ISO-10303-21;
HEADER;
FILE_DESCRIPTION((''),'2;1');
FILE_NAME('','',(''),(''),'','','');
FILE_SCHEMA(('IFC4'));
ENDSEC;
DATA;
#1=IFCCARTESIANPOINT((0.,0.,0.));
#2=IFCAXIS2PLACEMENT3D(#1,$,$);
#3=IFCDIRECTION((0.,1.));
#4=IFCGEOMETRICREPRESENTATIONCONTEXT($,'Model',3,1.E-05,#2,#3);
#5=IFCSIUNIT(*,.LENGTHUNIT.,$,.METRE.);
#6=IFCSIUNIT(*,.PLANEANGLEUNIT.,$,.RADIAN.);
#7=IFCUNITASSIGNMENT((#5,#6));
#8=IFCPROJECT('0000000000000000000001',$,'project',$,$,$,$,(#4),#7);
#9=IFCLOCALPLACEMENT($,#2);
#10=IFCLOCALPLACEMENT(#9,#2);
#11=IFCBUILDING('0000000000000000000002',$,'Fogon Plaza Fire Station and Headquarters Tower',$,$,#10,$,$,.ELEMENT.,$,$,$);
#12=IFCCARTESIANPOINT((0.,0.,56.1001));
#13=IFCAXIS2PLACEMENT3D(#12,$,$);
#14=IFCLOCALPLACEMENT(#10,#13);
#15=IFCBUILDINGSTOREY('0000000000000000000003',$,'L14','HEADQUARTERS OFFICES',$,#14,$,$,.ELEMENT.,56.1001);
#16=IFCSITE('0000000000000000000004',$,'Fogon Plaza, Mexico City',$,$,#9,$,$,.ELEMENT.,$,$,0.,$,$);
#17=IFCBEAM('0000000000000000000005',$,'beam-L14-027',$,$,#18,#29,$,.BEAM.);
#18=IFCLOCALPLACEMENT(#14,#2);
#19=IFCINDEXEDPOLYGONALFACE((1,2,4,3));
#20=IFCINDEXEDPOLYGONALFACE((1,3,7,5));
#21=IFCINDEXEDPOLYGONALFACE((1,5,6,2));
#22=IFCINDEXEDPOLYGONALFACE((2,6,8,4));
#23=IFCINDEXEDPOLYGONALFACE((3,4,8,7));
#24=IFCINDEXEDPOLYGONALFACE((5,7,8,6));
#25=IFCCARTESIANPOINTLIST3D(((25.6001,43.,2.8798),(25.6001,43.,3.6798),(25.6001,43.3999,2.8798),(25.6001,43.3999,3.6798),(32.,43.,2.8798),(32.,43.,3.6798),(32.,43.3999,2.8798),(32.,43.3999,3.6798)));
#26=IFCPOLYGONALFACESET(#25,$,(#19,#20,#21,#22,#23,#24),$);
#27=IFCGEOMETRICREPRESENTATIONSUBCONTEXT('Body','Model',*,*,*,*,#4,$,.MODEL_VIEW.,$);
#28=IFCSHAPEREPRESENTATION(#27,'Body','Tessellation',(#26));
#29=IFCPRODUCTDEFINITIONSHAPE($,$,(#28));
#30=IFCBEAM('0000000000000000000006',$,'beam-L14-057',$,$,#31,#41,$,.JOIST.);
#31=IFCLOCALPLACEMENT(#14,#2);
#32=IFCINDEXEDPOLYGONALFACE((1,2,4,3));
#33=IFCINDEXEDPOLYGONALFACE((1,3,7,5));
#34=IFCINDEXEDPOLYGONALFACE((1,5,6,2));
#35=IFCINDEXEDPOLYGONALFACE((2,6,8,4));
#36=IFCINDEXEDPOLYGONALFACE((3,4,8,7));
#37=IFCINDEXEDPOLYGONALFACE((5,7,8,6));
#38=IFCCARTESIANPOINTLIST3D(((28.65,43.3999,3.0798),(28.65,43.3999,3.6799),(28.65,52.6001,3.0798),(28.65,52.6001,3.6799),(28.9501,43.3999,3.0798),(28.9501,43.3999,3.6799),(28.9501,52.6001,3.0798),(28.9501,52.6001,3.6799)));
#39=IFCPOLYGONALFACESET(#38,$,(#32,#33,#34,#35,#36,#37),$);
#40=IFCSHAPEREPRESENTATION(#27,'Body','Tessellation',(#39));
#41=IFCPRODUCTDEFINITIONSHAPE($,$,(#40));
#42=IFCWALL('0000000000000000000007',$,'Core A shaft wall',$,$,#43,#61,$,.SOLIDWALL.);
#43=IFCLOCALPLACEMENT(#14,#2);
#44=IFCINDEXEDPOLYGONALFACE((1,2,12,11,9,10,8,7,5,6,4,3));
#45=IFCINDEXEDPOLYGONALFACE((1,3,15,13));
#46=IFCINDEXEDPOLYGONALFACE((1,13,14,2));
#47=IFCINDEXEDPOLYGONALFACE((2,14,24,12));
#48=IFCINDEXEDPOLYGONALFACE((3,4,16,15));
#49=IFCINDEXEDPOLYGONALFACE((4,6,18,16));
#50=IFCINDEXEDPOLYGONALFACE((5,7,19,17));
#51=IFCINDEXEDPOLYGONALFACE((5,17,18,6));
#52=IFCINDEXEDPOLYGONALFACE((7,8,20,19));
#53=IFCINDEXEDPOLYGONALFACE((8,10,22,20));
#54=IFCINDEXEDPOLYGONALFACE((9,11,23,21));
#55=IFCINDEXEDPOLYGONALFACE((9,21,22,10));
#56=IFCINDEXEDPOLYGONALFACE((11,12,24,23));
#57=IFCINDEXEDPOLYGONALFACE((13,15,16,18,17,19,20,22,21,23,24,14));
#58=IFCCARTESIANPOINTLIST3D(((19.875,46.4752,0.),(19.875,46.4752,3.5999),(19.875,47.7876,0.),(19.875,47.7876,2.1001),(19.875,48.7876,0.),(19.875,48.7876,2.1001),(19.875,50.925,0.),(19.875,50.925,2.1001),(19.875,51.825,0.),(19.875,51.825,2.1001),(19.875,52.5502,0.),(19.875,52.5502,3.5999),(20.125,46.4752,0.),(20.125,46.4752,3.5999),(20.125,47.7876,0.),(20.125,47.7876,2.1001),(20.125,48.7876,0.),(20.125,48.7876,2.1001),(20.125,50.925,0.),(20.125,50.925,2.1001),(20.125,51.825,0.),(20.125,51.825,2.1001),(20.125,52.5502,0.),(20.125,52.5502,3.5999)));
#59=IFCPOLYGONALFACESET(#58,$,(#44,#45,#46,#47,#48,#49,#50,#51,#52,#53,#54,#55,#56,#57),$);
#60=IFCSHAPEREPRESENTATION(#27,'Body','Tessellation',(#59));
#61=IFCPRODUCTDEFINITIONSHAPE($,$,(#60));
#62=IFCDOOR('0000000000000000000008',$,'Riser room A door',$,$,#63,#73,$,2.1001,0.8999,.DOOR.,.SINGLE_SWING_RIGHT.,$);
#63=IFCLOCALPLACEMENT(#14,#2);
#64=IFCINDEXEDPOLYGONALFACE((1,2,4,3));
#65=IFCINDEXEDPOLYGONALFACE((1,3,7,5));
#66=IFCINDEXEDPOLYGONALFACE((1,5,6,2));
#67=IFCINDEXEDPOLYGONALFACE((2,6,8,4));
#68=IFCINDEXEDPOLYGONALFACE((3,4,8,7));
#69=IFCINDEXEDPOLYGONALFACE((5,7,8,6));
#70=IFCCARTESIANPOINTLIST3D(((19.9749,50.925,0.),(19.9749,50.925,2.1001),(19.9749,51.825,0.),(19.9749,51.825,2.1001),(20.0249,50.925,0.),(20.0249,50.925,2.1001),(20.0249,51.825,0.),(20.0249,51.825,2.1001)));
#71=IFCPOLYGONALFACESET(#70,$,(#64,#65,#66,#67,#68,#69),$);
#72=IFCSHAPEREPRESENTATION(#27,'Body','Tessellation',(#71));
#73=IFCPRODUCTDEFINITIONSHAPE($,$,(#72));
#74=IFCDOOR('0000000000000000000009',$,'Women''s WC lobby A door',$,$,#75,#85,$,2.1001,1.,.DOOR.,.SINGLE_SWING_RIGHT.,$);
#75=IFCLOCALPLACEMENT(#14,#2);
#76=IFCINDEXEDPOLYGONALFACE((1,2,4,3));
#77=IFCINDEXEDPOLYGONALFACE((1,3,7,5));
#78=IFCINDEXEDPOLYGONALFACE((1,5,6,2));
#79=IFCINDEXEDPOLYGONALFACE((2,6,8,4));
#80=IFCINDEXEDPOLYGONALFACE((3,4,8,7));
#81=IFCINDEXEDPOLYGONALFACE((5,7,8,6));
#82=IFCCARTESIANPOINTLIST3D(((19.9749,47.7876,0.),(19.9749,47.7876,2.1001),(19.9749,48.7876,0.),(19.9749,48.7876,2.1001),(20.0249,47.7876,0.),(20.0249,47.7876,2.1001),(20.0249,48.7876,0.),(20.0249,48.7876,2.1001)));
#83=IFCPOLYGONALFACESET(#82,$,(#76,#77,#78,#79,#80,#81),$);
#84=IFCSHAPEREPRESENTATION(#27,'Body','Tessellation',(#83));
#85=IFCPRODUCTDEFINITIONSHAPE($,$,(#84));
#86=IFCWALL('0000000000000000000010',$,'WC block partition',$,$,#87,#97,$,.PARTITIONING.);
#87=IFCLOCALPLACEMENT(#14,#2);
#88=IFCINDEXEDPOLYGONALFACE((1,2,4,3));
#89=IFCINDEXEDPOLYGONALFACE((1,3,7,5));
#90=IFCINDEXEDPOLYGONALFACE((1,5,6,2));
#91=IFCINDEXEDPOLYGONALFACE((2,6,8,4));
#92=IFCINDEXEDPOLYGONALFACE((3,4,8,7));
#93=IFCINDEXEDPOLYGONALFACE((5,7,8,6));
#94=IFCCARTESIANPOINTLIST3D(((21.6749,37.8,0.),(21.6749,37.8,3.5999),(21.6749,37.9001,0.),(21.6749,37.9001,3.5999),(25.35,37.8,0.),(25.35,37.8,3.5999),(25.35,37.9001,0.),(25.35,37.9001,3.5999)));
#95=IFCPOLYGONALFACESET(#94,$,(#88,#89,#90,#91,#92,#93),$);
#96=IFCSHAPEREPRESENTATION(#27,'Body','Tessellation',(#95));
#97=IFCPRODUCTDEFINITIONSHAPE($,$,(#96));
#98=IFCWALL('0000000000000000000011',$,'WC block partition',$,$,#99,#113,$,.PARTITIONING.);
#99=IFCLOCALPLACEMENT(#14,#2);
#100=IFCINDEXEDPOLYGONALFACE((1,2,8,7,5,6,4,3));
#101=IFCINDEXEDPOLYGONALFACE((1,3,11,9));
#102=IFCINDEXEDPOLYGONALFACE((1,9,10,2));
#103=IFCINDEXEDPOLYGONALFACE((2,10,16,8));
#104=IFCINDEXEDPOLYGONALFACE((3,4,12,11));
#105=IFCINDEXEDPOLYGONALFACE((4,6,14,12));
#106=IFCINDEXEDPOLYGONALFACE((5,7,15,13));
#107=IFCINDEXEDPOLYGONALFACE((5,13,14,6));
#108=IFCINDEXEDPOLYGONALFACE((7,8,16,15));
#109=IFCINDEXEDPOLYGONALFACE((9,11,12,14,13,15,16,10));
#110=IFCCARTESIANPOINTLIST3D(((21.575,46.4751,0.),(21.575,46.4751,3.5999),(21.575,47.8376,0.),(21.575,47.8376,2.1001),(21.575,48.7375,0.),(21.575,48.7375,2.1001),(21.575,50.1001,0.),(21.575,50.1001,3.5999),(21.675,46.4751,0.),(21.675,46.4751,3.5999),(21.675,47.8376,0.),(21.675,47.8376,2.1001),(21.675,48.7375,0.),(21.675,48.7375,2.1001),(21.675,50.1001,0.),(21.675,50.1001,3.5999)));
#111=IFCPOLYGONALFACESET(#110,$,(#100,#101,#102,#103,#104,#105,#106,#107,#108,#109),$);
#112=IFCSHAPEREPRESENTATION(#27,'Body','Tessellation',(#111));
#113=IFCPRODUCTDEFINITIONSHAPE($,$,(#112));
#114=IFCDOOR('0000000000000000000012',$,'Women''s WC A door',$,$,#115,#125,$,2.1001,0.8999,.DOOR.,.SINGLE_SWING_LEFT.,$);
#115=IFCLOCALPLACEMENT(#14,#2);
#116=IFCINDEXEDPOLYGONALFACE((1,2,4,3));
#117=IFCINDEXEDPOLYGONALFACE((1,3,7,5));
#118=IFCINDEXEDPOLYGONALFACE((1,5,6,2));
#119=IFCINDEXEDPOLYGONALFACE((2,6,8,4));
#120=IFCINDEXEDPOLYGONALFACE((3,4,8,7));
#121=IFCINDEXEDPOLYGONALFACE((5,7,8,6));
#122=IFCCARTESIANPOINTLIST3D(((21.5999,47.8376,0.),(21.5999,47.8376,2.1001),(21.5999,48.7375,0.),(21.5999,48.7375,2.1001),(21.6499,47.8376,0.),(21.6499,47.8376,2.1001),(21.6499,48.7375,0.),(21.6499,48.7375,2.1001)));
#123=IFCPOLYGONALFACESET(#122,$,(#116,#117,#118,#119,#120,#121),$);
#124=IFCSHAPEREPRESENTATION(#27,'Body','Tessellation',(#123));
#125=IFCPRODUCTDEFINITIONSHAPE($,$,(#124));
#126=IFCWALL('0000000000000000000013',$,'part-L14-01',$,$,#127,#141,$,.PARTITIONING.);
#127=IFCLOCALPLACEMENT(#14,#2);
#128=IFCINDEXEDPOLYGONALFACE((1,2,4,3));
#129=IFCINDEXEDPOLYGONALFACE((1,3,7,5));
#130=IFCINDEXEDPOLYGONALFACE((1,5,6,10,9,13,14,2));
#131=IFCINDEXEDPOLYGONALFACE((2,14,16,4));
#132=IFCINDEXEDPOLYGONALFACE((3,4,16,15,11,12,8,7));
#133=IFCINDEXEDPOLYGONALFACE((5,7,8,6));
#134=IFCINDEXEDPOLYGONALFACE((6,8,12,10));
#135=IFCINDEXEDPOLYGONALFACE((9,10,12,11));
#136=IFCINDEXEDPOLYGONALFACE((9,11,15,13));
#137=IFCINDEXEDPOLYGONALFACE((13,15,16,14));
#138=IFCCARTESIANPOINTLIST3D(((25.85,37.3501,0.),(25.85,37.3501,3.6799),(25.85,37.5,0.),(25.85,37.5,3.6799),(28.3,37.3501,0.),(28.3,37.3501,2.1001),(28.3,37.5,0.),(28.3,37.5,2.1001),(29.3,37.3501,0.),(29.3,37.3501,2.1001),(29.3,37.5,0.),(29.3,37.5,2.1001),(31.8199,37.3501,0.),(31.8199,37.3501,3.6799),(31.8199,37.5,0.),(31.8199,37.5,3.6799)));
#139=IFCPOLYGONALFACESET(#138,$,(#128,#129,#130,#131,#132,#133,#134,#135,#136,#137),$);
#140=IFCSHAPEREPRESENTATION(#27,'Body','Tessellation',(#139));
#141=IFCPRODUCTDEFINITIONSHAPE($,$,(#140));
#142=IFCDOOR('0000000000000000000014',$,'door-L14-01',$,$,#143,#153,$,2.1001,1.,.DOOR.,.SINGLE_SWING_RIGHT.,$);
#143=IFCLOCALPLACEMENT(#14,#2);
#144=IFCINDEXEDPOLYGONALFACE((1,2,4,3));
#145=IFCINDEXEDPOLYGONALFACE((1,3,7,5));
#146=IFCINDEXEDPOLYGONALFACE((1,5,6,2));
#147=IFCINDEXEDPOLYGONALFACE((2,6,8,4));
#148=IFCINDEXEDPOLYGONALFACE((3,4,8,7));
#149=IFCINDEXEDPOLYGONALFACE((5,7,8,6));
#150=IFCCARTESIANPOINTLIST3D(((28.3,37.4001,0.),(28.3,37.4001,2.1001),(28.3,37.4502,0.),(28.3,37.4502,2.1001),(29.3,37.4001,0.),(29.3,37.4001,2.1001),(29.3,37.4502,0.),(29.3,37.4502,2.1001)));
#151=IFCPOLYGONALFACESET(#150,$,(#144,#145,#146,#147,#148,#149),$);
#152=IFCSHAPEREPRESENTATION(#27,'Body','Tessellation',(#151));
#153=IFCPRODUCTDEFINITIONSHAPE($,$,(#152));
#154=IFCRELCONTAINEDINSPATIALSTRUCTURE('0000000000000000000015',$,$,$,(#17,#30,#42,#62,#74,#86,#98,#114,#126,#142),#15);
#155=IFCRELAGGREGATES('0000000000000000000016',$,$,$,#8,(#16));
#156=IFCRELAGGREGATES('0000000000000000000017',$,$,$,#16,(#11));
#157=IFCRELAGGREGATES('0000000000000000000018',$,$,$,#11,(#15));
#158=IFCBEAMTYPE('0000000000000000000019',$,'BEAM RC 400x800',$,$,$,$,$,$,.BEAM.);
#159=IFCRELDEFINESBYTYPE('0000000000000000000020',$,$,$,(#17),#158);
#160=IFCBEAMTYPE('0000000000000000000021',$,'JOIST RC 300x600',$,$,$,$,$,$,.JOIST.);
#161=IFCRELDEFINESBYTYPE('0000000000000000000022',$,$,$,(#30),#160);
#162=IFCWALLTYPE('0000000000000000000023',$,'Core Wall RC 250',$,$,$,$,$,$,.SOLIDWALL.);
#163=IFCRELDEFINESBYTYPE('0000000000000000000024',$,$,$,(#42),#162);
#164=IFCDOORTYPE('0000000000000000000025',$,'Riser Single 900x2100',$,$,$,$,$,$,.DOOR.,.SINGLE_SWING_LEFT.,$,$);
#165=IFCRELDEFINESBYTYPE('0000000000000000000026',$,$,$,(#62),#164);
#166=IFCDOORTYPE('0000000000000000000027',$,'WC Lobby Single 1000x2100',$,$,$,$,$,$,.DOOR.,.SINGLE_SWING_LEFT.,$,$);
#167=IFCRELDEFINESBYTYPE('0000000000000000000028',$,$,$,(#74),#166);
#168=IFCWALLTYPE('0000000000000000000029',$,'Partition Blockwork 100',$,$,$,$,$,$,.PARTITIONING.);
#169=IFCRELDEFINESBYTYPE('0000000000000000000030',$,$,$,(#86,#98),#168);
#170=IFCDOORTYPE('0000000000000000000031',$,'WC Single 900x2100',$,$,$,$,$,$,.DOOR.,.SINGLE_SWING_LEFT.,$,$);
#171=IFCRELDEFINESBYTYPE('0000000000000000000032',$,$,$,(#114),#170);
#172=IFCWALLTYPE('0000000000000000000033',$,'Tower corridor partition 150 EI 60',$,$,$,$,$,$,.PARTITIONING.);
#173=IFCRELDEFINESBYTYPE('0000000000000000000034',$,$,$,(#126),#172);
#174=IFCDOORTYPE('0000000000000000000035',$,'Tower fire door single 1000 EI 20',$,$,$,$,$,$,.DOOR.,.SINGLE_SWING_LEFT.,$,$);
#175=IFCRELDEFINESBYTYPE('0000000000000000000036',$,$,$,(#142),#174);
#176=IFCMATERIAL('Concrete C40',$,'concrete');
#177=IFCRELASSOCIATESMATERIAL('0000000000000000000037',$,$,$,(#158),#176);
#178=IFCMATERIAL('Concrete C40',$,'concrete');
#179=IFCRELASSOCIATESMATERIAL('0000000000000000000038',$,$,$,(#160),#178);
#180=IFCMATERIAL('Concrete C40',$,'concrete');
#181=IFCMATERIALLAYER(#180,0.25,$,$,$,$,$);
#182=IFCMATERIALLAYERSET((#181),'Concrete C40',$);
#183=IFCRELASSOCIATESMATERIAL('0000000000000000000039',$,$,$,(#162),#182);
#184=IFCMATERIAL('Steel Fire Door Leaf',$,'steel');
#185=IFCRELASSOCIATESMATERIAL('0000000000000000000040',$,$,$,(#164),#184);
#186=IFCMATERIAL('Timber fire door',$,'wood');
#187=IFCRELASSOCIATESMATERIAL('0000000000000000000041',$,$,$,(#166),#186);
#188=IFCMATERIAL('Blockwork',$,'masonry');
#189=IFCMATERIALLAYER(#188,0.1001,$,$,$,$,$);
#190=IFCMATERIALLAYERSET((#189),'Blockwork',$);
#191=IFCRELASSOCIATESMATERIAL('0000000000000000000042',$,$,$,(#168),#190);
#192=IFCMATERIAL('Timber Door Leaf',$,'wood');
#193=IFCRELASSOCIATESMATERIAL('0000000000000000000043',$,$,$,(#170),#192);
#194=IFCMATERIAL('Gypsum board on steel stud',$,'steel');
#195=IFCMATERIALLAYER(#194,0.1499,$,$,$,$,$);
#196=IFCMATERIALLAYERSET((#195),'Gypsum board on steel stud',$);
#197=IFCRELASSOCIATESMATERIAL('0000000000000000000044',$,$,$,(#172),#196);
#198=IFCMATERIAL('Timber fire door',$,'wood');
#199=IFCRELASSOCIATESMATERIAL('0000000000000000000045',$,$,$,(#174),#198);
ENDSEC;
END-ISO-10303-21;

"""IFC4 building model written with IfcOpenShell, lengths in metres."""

from ifc_helpers import new_model, si_unit, direction, frame, frame_2d, origin, origin_2d, place, context, subcontext, project, spatial, rectangle, extrude, material, layer, layer_set, material_profile, profile_set, type_object, element, fill, save


model = new_model("IFC4")

# Units and contexts
model_context = context("Model", 3, precision=1e-05, world=origin(), true_north=direction((0.0, 1.0)))
body_context = subcontext(model_context, "Body", "Model", "MODEL_VIEW")
ifc_project = project(units=[si_unit("LENGTHUNIT", "METRE"), si_unit("PLANEANGLEUNIT", "RADIAN")], contexts=[model_context])

# Site, building, storey
site_placement = place(None, origin())
site = spatial("IfcSite", under=ifc_project, at=site_placement, Name="Fogon Plaza, Mexico City", CompositionType="ELEMENT", RefElevation=0.0)
building_placement = place(site_placement, origin())
building = spatial("IfcBuilding", under=site, at=building_placement, Name="Fogon Plaza Fire Station and Headquarters Tower", CompositionType="ELEMENT")
storey_placement = place(building_placement, frame((0.0, 0.0, 56.1001)))
storey = spatial("IfcBuildingStorey", under=building, at=storey_placement, Name="L14", Description="HEADQUARTERS OFFICES", CompositionType="ELEMENT", Elevation=56.1001)

# Beams
ifc_material_1 = material(Name="Concrete C40", Category="concrete")
ifc_material_profile_1 = material_profile(ifc_material_1, rectangle(XDim=0.3999, YDim=0.8, at=origin_2d()), Name="RC 400x800")
ifc_profile_set_1 = profile_set([ifc_material_profile_1], Name="Concrete C40")
beam_type_1 = type_object("IfcBeamType", Name="BEAM RC 400x800", PredefinedType="BEAM", material=ifc_profile_set_1)
beam_1_placement = place(storey_placement, frame((25.6001, 43.2, 3.2798), z_axis=(1.0, 0.0, 0.0), x_axis=(0.0, 1.0, 0.0)))
element("IfcBeam", 1, at=beam_1_placement, inside=storey, type_object=beam_type_1, Name="beam-L14-027", PredefinedType="BEAM", context=body_context, shape_type="SweptSolid", body=[
    extrude(rectangle(XDim=0.3999, YDim=0.8, at=origin_2d()), origin(), (0.0, 0.0, 1.0), 6.3999),
])
ifc_material_2 = material(Name="Concrete C40", Category="concrete")
ifc_material_profile_2 = material_profile(ifc_material_2, rectangle(XDim=0.3, YDim=0.6001, at=origin_2d()), Name="RC 300x600")
ifc_profile_set_2 = profile_set([ifc_material_profile_2], Name="Concrete C40")
beam_type_2 = type_object("IfcBeamType", Name="JOIST RC 300x600", PredefinedType="JOIST", material=ifc_profile_set_2)
beam_2_placement = place(storey_placement, frame((28.8, 43.3999, 3.3799), z_axis=(0.0, 1.0, 0.0), x_axis=(-1.0, 0.0, 0.0)))
element("IfcBeam", 2, at=beam_2_placement, inside=storey, type_object=beam_type_2, Name="beam-L14-057", PredefinedType="JOIST", context=body_context, shape_type="SweptSolid", body=[
    extrude(rectangle(XDim=0.3, YDim=0.6001, at=origin_2d()), origin(), (0.0, 0.0, 1.0), 9.2002),
])

# Wall, openings, doors
ifc_material_3 = material(Name="Concrete C40", Category="concrete")
ifc_layer_1 = layer(ifc_material_3, 0.25)
ifc_layer_set_1 = layer_set([ifc_layer_1], Name="Concrete C40")
wall_type_1 = type_object("IfcWallType", Name="Core Wall RC 250", PredefinedType="SOLIDWALL", material=ifc_layer_set_1)
wall_1_placement = place(storey_placement, frame((20.0, 46.4751, 0.0), z_axis=(0.0, 0.0, 1.0), x_axis=(0.0, 1.0, 0.0)))
wall_1 = element("IfcWall", 3, at=wall_1_placement, inside=storey, type_object=wall_type_1, Name="Core A shaft wall", PredefinedType="SOLIDWALL", context=body_context, shape_type="SweptSolid", body=[
    extrude(rectangle(XDim=6.075, YDim=0.25, at=frame_2d((3.0376, 0.0))), origin(), (0.0, 0.0, 1.0), 3.5999),
])
opening_1_placement = place(wall_1_placement, frame((1.3125, 0.0, 0.0)))
opening_1 = element("IfcOpeningElement", 4, at=opening_1_placement, cuts=wall_1, PredefinedType="OPENING", context=body_context, shape_type="SweptSolid", body=[
    extrude(rectangle(XDim=1.0, YDim=2.1001, at=frame_2d((0.5, 1.05))), frame((0.0, 0.135, 0.0), z_axis=(0.0, -1.0, 0.0), x_axis=(1.0, 0.0, 0.0)), (0.0, 0.0, 1.0), 0.27),
])
opening_2_placement = place(wall_1_placement, frame((4.45, 0.0, 0.0)))
opening_2 = element("IfcOpeningElement", 5, at=opening_2_placement, cuts=wall_1, PredefinedType="OPENING", context=body_context, shape_type="SweptSolid", body=[
    extrude(rectangle(XDim=0.8999, YDim=2.1001, at=frame_2d((0.45, 1.05))), frame((0.0, 0.135, 0.0), z_axis=(0.0, -1.0, 0.0), x_axis=(1.0, 0.0, 0.0)), (0.0, 0.0, 1.0), 0.27),
])
ifc_material_4 = material(Name="Steel Fire Door Leaf", Category="steel")
door_type_1 = type_object("IfcDoorType", Name="Riser Single 900x2100", OperationType="SINGLE_SWING_LEFT", PredefinedType="DOOR", material=ifc_material_4)
door_1_placement = place(opening_2_placement, frame((0.8999, 0.0, 0.0), z_axis=(0.0, 0.0, 1.0), x_axis=(-1.0, 0.0, 0.0)))
door_1 = element("IfcDoor", 6, at=door_1_placement, inside=storey, type_object=door_type_1, Name="Riser room A door", OperationType="SINGLE_SWING_RIGHT", OverallHeight=2.1001, OverallWidth=0.8999, PredefinedType="DOOR", context=body_context, shape_type="SweptSolid", body=[
    extrude(rectangle(XDim=0.8999, YDim=2.1001, at=frame_2d((0.45, 1.05))), frame((0.0, 0.0249, 0.0), z_axis=(0.0, -1.0, 0.0), x_axis=(1.0, 0.0, 0.0)), (0.0, 0.0, 1.0), 0.05),
])
fill(opening_2, door_1)
ifc_material_5 = material(Name="Timber fire door", Category="wood")
door_type_2 = type_object("IfcDoorType", Name="WC Lobby Single 1000x2100", OperationType="SINGLE_SWING_LEFT", PredefinedType="DOOR", material=ifc_material_5)
door_2_placement = place(opening_1_placement, frame((1.0, 0.0, 0.0), z_axis=(0.0, 0.0, 1.0), x_axis=(-1.0, 0.0, 0.0)))
door_2 = element("IfcDoor", 7, at=door_2_placement, inside=storey, type_object=door_type_2, Name="Women's WC lobby A door", OperationType="SINGLE_SWING_RIGHT", OverallHeight=2.1001, OverallWidth=1.0, PredefinedType="DOOR", context=body_context, shape_type="SweptSolid", body=[
    extrude(rectangle(XDim=1.0, YDim=2.1001, at=frame_2d((0.5, 1.05))), frame((0.0, 0.0249, 0.0), z_axis=(0.0, -1.0, 0.0), x_axis=(1.0, 0.0, 0.0)), (0.0, 0.0, 1.0), 0.05),
])
fill(opening_1, door_2)

# Wall
ifc_material_6 = material(Name="Blockwork", Category="masonry")
ifc_layer_2 = layer(ifc_material_6, 0.1001)
ifc_layer_set_2 = layer_set([ifc_layer_2], Name="Blockwork")
wall_type_2 = type_object("IfcWallType", Name="Partition Blockwork 100", PredefinedType="PARTITIONING", material=ifc_layer_set_2)
wall_2_placement = place(storey_placement, frame((21.675, 37.8501, 0.0), z_axis=(0.0, 0.0, 1.0), x_axis=(1.0, 0.0, 0.0)))
element("IfcWall", 8, at=wall_2_placement, inside=storey, type_object=wall_type_2, Name="WC block partition", PredefinedType="PARTITIONING", context=body_context, shape_type="SweptSolid", body=[
    extrude(rectangle(XDim=3.675, YDim=0.1001, at=frame_2d((1.8374, 0.0))), origin(), (0.0, 0.0, 1.0), 3.5999),
])

# Walls, openings, doors
wall_3_placement = place(storey_placement, frame((21.625, 46.4751, 0.0), z_axis=(0.0, 0.0, 1.0), x_axis=(0.0, 1.0, 0.0)))
wall_3 = element("IfcWall", 9, at=wall_3_placement, inside=storey, type_object=wall_type_2, Name="WC block partition", PredefinedType="PARTITIONING", context=body_context, shape_type="SweptSolid", body=[
    extrude(rectangle(XDim=3.625, YDim=0.1001, at=frame_2d((1.8125, 0.0))), origin(), (0.0, 0.0, 1.0), 3.5999),
])
opening_3_placement = place(wall_3_placement, frame((1.3625, 0.0, 0.0)))
opening_3 = element("IfcOpeningElement", 10, at=opening_3_placement, cuts=wall_3, PredefinedType="OPENING", context=body_context, shape_type="SweptSolid", body=[
    extrude(rectangle(XDim=0.8999, YDim=2.1001, at=frame_2d((0.45, 1.05))), frame((0.0, 0.0601, 0.0), z_axis=(0.0, -1.0, 0.0), x_axis=(1.0, 0.0, 0.0)), (0.0, 0.0, 1.0), 0.1201),
])
ifc_material_7 = material(Name="Timber Door Leaf", Category="wood")
door_type_3 = type_object("IfcDoorType", Name="WC Single 900x2100", OperationType="SINGLE_SWING_LEFT", PredefinedType="DOOR", material=ifc_material_7)
door_3_placement = place(opening_3_placement, frame((0.8999, 0.0, 0.0), z_axis=(0.0, 0.0, 1.0), x_axis=(-1.0, 0.0, 0.0)))
door_3 = element("IfcDoor", 11, at=door_3_placement, inside=storey, type_object=door_type_3, Name="Women's WC A door", OperationType="SINGLE_SWING_LEFT", OverallHeight=2.1001, OverallWidth=0.8999, PredefinedType="DOOR", context=body_context, shape_type="SweptSolid", body=[
    extrude(rectangle(XDim=0.8999, YDim=2.1001, at=frame_2d((0.45, 1.05))), frame((0.0, 0.0249, 0.0), z_axis=(0.0, -1.0, 0.0), x_axis=(1.0, 0.0, 0.0)), (0.0, 0.0, 1.0), 0.05),
])
fill(opening_3, door_3)
ifc_material_8 = material(Name="Gypsum board on steel stud", Category="steel")
ifc_layer_3 = layer(ifc_material_8, 0.1499)
ifc_layer_set_3 = layer_set([ifc_layer_3], Name="Gypsum board on steel stud")
wall_type_3 = type_object("IfcWallType", Name="Tower corridor partition 150 EI 60", PredefinedType="PARTITIONING", material=ifc_layer_set_3)
wall_4_placement = place(storey_placement, frame((25.8501, 37.425, 0.0), z_axis=(0.0, 0.0, 1.0), x_axis=(1.0, 0.0, 0.0)))
wall_4 = element("IfcWall", 12, at=wall_4_placement, inside=storey, type_object=wall_type_3, Name="part-L14-01", PredefinedType="PARTITIONING", context=body_context, shape_type="SweptSolid", body=[
    extrude(rectangle(XDim=5.97, YDim=0.1499, at=frame_2d((2.9849, 0.0))), origin(), (0.0, 0.0, 1.0), 3.6799),
])
opening_4_placement = place(wall_4_placement, frame((2.45, 0.0, 0.0)))
opening_4 = element("IfcOpeningElement", 13, at=opening_4_placement, cuts=wall_4, PredefinedType="OPENING", context=body_context, shape_type="SweptSolid", body=[
    extrude(rectangle(XDim=1.0, YDim=2.1001, at=frame_2d((0.5, 1.05))), frame((0.0, 0.085, 0.0), z_axis=(0.0, -1.0, 0.0), x_axis=(1.0, 0.0, 0.0)), (0.0, 0.0, 1.0), 0.1699),
])
ifc_material_9 = material(Name="Timber fire door", Category="wood")
door_type_4 = type_object("IfcDoorType", Name="Tower fire door single 1000 EI 20", OperationType="SINGLE_SWING_LEFT", PredefinedType="DOOR", material=ifc_material_9)
door_4_placement = place(opening_4_placement, frame((1.0, 0.0, 0.0), z_axis=(0.0, 0.0, 1.0), x_axis=(-1.0, 0.0, 0.0)))
door_4 = element("IfcDoor", 14, at=door_4_placement, inside=storey, type_object=door_type_4, Name="door-L14-01", OperationType="SINGLE_SWING_RIGHT", OverallHeight=2.1001, OverallWidth=1.0, PredefinedType="DOOR", context=body_context, shape_type="SweptSolid", body=[
    extrude(rectangle(XDim=1.0, YDim=2.1001, at=frame_2d((0.5, 1.05))), frame((0.0, 0.0249, 0.0), z_axis=(0.0, -1.0, 0.0), x_axis=(1.0, 0.0, 0.0)), (0.0, 0.0, 1.0), 0.05),
])
fill(opening_4, door_4)

save(model, "model.ifc")
